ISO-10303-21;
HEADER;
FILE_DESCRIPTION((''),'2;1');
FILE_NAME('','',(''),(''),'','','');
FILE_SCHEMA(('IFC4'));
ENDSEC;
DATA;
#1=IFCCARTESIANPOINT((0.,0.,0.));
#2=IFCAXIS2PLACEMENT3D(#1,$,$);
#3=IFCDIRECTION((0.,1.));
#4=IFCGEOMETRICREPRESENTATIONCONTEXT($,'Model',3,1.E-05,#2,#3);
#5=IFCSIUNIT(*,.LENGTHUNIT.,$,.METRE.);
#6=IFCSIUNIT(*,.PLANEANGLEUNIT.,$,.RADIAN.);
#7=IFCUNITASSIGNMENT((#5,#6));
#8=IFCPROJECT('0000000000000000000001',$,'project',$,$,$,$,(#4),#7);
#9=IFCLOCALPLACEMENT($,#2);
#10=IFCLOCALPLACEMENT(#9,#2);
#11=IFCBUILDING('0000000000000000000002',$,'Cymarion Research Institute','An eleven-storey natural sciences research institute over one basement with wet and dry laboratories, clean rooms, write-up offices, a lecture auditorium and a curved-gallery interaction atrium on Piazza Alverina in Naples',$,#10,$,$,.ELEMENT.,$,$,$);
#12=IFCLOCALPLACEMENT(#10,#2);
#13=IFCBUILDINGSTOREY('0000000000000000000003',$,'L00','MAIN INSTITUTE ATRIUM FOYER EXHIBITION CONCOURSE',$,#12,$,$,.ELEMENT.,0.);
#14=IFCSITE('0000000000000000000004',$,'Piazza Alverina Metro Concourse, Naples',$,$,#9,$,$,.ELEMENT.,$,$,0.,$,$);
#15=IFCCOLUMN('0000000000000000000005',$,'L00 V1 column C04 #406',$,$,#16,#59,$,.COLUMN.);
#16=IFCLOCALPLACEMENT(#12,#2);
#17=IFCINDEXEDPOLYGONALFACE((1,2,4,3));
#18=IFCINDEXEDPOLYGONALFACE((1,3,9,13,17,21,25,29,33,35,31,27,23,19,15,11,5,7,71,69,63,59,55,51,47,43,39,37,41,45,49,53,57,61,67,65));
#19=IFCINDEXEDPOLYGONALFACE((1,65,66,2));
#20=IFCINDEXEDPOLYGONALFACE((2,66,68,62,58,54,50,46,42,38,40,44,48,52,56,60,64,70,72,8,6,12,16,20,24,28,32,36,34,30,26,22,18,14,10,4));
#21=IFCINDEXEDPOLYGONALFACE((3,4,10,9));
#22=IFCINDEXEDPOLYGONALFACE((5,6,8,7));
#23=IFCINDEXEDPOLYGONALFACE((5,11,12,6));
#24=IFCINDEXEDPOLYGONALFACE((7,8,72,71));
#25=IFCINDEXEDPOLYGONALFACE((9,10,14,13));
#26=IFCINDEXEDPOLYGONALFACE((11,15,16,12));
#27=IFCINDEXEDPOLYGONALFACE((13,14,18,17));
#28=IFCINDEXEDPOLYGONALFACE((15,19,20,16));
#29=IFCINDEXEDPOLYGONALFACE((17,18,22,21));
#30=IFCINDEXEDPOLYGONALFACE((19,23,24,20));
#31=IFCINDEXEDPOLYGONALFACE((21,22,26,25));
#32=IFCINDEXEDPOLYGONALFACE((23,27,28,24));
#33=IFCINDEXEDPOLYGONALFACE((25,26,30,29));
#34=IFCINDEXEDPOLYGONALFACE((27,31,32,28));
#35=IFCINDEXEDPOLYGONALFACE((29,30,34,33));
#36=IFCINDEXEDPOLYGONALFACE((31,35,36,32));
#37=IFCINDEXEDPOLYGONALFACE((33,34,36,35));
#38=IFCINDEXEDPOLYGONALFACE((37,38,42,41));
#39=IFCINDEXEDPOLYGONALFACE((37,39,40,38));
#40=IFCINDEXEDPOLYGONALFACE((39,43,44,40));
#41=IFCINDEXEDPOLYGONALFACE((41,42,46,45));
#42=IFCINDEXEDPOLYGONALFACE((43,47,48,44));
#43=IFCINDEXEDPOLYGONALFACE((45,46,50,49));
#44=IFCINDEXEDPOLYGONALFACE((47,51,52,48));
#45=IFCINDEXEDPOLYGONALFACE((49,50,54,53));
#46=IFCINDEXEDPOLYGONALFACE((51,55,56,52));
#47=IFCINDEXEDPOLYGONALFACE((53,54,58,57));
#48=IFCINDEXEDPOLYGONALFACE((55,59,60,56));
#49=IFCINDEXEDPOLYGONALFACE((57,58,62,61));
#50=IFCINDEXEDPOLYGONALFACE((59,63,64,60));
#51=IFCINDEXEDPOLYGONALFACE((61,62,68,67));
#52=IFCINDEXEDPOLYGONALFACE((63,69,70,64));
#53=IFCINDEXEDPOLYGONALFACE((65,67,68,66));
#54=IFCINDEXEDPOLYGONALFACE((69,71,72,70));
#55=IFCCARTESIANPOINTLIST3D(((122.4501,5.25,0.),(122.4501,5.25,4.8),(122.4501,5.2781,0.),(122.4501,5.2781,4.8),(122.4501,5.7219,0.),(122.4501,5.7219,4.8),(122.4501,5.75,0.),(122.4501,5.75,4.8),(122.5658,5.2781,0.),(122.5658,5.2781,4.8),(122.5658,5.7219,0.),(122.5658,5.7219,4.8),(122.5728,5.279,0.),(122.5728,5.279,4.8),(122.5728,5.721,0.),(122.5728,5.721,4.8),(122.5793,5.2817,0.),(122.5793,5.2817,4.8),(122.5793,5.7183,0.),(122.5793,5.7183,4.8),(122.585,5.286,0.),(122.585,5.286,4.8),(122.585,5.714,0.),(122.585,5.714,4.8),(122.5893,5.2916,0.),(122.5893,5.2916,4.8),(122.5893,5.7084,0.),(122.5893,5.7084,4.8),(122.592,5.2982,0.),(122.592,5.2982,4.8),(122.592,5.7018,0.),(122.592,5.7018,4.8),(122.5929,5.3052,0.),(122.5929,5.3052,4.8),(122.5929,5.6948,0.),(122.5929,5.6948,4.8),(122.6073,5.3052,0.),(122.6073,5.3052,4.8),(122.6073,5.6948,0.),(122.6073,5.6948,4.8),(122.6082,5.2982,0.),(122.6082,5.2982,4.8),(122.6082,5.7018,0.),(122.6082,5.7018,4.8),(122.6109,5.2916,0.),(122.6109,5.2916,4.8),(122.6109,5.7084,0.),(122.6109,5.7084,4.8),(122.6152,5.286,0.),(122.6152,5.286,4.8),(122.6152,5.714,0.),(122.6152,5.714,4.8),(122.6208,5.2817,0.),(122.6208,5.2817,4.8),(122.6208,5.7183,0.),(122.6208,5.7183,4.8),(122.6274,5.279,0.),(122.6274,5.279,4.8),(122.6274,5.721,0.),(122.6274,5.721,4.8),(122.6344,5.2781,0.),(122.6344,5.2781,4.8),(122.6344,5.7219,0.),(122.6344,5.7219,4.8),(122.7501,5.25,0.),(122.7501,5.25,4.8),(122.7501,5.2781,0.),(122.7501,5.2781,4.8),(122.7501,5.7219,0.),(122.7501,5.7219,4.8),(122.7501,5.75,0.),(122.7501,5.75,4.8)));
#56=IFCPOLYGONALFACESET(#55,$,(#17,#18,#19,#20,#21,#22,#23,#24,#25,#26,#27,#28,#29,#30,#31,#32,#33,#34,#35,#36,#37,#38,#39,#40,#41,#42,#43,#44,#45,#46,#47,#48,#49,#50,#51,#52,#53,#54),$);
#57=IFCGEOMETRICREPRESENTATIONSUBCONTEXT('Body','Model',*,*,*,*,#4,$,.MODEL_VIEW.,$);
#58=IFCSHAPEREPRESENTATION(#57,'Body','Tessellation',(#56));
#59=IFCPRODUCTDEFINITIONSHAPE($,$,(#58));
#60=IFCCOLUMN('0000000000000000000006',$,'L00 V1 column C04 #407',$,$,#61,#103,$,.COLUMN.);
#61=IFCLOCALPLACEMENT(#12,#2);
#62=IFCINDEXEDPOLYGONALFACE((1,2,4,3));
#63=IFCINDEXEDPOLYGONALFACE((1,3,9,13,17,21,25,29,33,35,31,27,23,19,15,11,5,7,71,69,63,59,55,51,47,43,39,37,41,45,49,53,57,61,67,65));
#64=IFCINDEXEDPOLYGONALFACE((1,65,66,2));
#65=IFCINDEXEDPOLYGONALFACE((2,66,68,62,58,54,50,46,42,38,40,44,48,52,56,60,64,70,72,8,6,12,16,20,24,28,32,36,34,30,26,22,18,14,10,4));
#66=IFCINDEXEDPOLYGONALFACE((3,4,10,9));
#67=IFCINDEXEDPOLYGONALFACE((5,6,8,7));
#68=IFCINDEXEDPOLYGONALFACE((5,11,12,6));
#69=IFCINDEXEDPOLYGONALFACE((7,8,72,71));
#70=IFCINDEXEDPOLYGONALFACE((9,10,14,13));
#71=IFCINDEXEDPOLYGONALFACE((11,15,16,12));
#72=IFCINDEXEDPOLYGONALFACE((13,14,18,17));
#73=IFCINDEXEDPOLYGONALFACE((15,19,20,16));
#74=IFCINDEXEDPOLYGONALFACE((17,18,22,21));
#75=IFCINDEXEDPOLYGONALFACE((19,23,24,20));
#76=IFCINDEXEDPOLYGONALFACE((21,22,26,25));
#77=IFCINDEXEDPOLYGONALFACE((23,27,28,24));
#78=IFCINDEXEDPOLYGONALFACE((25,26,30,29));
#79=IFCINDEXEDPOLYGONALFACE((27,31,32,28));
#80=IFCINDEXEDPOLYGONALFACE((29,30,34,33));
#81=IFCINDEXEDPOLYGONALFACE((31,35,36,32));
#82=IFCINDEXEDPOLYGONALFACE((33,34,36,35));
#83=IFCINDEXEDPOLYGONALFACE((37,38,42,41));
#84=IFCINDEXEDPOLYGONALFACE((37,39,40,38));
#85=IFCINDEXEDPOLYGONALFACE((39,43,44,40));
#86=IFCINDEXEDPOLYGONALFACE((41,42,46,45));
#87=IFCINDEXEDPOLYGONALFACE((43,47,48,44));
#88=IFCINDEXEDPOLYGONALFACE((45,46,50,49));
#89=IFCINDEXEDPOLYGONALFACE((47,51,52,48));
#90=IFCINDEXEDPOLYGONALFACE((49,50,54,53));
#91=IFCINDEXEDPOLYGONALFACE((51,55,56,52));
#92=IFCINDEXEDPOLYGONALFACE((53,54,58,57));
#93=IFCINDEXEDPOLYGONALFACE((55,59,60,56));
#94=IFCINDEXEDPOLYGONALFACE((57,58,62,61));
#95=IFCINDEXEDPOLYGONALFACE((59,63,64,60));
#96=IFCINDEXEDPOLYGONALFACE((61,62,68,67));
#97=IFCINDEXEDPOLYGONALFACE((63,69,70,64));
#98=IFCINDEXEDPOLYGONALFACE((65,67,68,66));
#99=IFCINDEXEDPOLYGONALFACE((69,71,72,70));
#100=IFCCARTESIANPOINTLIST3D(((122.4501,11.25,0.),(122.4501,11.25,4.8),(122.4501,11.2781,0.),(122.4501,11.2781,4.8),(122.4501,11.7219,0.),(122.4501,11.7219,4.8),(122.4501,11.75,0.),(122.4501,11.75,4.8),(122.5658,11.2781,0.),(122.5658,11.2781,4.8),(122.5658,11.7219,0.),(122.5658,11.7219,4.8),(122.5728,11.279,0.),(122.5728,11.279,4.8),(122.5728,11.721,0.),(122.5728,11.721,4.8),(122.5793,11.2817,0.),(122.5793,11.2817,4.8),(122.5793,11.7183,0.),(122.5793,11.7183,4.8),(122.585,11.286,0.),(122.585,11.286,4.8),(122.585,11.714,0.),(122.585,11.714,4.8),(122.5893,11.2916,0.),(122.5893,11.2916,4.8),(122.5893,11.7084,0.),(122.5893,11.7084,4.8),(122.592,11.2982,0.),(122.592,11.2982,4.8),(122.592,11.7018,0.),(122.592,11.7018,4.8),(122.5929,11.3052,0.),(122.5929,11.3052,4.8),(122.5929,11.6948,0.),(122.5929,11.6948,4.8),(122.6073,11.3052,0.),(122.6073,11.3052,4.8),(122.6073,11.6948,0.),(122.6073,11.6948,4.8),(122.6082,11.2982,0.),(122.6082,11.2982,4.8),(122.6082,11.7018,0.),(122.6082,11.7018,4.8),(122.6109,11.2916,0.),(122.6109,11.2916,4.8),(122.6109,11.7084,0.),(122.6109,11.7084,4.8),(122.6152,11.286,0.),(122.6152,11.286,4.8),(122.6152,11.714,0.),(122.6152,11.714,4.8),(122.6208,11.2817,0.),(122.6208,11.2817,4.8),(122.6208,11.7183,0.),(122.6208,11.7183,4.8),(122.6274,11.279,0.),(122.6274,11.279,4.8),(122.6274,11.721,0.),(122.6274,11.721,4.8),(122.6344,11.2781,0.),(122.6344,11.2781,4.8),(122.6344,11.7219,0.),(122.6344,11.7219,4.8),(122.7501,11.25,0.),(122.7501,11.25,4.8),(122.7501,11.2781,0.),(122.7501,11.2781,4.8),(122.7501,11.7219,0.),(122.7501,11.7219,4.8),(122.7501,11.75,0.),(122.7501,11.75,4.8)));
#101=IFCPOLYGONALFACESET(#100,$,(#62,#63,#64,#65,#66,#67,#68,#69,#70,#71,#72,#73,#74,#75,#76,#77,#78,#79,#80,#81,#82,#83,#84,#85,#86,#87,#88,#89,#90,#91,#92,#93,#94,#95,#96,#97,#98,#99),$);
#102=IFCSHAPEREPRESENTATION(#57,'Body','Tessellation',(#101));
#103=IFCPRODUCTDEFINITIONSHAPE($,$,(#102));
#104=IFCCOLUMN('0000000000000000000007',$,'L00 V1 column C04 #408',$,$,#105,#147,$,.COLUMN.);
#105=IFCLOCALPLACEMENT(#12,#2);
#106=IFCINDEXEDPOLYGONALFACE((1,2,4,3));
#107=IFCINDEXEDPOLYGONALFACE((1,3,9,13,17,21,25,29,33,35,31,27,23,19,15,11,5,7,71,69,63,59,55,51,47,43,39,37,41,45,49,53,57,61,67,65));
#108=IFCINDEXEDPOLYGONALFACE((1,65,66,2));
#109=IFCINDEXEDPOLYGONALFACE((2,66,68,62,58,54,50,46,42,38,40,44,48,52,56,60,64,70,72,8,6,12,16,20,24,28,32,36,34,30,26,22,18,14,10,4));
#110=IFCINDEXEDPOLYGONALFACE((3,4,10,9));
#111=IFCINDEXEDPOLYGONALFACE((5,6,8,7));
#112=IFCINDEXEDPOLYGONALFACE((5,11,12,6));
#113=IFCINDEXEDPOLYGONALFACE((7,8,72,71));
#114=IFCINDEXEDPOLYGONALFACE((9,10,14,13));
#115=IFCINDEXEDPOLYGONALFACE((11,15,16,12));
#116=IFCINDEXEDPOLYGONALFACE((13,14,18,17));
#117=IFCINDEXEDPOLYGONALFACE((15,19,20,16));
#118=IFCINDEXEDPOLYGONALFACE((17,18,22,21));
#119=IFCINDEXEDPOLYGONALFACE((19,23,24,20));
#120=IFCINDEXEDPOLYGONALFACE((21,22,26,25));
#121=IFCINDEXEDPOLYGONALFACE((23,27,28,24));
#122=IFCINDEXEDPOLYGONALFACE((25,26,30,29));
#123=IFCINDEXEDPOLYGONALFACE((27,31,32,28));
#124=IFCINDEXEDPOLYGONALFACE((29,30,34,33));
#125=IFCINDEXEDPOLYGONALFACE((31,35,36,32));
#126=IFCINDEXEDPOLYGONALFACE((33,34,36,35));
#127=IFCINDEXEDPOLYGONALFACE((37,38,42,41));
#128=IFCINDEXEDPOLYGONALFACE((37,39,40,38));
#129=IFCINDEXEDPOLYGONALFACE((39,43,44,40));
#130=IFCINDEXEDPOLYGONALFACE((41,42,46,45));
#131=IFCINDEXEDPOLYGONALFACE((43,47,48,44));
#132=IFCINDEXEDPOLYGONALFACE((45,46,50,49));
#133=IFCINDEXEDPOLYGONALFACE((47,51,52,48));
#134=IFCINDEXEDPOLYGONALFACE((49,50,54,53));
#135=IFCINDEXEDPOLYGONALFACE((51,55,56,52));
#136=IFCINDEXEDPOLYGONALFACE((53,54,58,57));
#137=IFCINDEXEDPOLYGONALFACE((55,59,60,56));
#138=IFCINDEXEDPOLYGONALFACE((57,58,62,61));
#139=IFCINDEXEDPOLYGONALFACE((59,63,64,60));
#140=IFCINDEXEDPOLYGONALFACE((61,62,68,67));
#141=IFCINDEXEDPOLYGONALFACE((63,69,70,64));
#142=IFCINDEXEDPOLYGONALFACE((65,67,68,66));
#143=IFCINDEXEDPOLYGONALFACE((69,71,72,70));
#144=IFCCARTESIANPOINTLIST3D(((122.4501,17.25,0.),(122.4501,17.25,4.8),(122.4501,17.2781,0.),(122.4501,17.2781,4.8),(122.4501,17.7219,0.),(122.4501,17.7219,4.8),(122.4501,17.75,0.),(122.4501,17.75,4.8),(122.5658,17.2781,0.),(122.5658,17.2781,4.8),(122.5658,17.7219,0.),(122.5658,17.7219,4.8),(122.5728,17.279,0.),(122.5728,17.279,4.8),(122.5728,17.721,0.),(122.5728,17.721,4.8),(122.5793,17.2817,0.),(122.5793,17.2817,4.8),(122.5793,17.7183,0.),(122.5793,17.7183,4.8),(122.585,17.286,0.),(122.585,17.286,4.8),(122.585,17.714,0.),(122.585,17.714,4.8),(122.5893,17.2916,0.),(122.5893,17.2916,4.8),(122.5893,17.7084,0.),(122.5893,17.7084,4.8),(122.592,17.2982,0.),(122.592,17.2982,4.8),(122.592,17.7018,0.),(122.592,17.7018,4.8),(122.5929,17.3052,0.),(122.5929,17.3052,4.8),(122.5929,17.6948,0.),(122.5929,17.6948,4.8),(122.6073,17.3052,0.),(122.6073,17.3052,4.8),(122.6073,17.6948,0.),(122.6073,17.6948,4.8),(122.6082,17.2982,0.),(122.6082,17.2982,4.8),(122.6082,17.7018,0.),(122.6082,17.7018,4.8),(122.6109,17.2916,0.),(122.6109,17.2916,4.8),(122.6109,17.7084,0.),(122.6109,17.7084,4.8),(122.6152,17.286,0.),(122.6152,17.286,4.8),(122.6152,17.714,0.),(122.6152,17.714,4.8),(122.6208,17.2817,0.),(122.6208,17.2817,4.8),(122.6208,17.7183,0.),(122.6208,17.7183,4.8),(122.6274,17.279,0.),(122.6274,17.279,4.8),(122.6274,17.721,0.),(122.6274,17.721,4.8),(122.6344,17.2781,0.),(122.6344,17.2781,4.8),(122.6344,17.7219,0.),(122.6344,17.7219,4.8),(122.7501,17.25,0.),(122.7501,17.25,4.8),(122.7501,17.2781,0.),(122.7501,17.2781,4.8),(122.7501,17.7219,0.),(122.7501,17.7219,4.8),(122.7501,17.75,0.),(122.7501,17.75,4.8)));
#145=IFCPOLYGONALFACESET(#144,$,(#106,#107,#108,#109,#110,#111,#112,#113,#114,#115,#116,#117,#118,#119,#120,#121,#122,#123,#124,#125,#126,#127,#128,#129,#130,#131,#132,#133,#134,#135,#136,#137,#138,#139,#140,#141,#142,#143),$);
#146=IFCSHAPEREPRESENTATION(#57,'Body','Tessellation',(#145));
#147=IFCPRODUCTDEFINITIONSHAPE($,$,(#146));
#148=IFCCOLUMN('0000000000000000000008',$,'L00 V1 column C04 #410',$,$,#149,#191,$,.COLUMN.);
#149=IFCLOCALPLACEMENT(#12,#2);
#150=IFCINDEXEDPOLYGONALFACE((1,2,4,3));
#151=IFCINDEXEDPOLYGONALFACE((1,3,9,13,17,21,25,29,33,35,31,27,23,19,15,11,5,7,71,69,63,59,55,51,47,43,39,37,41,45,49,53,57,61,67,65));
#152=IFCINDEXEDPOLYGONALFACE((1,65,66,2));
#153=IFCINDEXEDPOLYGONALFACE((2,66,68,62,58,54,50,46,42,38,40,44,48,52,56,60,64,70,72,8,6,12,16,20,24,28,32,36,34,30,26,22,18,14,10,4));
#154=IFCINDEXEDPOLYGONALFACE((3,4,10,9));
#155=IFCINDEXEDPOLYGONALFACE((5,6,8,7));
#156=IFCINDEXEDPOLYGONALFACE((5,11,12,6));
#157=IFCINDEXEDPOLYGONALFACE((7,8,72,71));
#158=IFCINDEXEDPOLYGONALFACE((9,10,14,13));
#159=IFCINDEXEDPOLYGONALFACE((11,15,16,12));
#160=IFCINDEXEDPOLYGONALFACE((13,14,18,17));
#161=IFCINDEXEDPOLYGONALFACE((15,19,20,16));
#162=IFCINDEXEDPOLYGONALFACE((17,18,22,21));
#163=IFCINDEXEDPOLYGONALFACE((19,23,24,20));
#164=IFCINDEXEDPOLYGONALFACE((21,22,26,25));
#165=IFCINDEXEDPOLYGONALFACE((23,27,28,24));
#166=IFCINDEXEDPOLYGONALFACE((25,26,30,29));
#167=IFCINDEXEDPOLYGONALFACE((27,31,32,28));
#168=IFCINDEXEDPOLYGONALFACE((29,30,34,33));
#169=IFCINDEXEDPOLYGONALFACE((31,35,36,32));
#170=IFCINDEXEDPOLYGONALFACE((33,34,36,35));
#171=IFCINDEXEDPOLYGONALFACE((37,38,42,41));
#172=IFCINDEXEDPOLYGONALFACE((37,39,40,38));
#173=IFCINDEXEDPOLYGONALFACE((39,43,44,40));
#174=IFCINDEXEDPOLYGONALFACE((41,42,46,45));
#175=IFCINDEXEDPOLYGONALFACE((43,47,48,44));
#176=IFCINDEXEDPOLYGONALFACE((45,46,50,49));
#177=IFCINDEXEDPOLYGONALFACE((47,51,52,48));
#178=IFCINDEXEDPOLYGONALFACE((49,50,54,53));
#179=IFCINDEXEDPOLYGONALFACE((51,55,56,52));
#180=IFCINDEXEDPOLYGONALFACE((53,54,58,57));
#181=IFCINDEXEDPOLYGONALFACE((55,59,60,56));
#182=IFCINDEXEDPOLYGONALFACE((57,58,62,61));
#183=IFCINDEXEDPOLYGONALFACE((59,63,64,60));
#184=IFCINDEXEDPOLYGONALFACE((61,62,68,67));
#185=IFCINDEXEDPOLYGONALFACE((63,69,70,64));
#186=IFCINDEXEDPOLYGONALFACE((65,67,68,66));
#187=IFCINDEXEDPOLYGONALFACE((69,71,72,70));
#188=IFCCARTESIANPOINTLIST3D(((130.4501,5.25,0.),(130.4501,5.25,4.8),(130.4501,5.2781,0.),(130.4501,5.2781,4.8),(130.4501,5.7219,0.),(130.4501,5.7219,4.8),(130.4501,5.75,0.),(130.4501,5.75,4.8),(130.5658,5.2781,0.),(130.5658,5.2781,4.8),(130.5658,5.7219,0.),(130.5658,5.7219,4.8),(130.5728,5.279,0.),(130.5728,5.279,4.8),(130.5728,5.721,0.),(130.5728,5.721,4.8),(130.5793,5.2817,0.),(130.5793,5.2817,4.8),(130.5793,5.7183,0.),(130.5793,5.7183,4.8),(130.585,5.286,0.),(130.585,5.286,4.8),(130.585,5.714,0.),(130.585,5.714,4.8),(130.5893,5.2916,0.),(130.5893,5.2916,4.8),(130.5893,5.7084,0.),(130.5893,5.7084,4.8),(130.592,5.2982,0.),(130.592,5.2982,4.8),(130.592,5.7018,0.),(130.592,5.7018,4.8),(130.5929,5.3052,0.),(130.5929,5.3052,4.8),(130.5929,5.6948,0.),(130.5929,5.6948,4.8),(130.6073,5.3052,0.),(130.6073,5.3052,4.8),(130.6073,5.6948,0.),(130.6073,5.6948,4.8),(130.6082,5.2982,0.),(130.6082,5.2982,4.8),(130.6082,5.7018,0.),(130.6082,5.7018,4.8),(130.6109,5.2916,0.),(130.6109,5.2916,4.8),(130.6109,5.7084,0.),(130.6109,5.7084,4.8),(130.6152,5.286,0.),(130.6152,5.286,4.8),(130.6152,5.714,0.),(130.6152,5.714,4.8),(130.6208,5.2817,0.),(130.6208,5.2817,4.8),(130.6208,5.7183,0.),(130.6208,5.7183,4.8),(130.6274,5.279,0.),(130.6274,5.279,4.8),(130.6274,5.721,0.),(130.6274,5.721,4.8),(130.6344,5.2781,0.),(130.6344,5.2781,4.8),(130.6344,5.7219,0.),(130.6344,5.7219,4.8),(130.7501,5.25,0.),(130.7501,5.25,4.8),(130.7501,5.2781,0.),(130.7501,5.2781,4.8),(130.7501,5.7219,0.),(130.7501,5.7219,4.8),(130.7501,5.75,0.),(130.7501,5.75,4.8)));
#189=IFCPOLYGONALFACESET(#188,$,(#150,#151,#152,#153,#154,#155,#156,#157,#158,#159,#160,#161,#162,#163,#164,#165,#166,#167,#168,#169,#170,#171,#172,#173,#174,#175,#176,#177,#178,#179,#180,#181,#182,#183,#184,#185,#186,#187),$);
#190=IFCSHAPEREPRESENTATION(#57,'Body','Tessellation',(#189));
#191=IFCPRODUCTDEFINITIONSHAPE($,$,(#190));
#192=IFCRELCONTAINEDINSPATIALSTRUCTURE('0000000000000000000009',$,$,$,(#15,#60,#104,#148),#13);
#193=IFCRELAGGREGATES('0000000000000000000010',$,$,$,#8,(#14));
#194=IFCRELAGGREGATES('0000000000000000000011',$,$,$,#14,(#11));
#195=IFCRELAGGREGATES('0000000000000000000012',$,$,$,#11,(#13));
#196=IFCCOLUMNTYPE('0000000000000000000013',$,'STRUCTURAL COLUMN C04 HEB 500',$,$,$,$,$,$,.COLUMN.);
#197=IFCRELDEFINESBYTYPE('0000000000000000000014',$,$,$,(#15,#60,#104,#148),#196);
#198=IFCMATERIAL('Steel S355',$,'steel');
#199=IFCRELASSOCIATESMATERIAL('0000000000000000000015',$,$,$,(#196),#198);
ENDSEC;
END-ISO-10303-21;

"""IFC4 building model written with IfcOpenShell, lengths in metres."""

from ifc_helpers import new_model, si_unit, direction, frame, origin, origin_2d, place, context, subcontext, project, spatial, i_section, extrude, material, material_profile, profile_set, type_object, element, save


model = new_model("IFC4")

# Units and contexts
model_context = context("Model", 3, precision=1e-05, world=origin(), true_north=direction((0.0, 1.0)))
body_context = subcontext(model_context, "Body", "Model", "MODEL_VIEW")
ifc_project = project(units=[si_unit("LENGTHUNIT", "METRE"), si_unit("PLANEANGLEUNIT", "RADIAN")], contexts=[model_context])

# Site, building, storey
site_placement = place(None, origin())
site = spatial("IfcSite", under=ifc_project, at=site_placement, Name="Piazza Alverina Metro Concourse, Naples", CompositionType="ELEMENT", RefElevation=0.0)
building_placement = place(site_placement, origin())
building = spatial("IfcBuilding", under=site, at=building_placement, Name="Cymarion Research Institute", Description="An eleven-storey natural sciences research institute over one basement with wet and dry laboratories, clean rooms, write-up offices, a lecture auditorium and a curved-gallery interaction atrium on Piazza Alverina in Naples", CompositionType="ELEMENT")
storey_placement = place(building_placement, origin())
storey = spatial("IfcBuildingStorey", under=building, at=storey_placement, Name="L00", Description="MAIN INSTITUTE ATRIUM FOYER EXHIBITION CONCOURSE", CompositionType="ELEMENT", Elevation=0.0)

# Columns
ifc_material_1 = material(Name="Steel S355", Category="steel")
ifc_material_profile_1 = material_profile(ifc_material_1, i_section(OverallWidth=0.3, OverallDepth=0.5, WebThickness=0.0144, FlangeThickness=0.0281, FilletRadius=0.0271, at=origin_2d()), Name="HEB 500")
ifc_profile_set_1 = profile_set([ifc_material_profile_1], Name="Steel S355")
column_type = type_object("IfcColumnType", Name="STRUCTURAL COLUMN C04 HEB 500", PredefinedType="COLUMN", material=ifc_profile_set_1)
for number, where, z_axis, x_axis, name in (
    (1, (122.6001, 5.5, 0.0), (0.0, 0.0, 1.0), (1.0, 0.0, 0.0), "L00 V1 column C04 #406"),
    (2, (122.6001, 11.5, 0.0), (0.0, 0.0, 1.0), (1.0, 0.0, 0.0), "L00 V1 column C04 #407"),
    (3, (122.6001, 17.5, 0.0), (0.0, 0.0, 1.0), (1.0, 0.0, 0.0), "L00 V1 column C04 #408"),
    (4, (130.6001, 5.5, 0.0), (0.0, 0.0, 1.0), (1.0, 0.0, 0.0), "L00 V1 column C04 #410"),
):
    element("IfcColumn", number, at=place(storey_placement, frame(where, z_axis=z_axis, x_axis=x_axis)), inside=storey, type_object=column_type, Name=name, PredefinedType="COLUMN", context=body_context, shape_type="SweptSolid", body=[
        extrude(i_section(OverallWidth=0.3, OverallDepth=0.5, WebThickness=0.0144, FlangeThickness=0.0281, FilletRadius=0.0271, at=origin_2d()), origin(), (0.0, 0.0, 1.0), 4.8),
    ])

save(model, "model.ifc")
